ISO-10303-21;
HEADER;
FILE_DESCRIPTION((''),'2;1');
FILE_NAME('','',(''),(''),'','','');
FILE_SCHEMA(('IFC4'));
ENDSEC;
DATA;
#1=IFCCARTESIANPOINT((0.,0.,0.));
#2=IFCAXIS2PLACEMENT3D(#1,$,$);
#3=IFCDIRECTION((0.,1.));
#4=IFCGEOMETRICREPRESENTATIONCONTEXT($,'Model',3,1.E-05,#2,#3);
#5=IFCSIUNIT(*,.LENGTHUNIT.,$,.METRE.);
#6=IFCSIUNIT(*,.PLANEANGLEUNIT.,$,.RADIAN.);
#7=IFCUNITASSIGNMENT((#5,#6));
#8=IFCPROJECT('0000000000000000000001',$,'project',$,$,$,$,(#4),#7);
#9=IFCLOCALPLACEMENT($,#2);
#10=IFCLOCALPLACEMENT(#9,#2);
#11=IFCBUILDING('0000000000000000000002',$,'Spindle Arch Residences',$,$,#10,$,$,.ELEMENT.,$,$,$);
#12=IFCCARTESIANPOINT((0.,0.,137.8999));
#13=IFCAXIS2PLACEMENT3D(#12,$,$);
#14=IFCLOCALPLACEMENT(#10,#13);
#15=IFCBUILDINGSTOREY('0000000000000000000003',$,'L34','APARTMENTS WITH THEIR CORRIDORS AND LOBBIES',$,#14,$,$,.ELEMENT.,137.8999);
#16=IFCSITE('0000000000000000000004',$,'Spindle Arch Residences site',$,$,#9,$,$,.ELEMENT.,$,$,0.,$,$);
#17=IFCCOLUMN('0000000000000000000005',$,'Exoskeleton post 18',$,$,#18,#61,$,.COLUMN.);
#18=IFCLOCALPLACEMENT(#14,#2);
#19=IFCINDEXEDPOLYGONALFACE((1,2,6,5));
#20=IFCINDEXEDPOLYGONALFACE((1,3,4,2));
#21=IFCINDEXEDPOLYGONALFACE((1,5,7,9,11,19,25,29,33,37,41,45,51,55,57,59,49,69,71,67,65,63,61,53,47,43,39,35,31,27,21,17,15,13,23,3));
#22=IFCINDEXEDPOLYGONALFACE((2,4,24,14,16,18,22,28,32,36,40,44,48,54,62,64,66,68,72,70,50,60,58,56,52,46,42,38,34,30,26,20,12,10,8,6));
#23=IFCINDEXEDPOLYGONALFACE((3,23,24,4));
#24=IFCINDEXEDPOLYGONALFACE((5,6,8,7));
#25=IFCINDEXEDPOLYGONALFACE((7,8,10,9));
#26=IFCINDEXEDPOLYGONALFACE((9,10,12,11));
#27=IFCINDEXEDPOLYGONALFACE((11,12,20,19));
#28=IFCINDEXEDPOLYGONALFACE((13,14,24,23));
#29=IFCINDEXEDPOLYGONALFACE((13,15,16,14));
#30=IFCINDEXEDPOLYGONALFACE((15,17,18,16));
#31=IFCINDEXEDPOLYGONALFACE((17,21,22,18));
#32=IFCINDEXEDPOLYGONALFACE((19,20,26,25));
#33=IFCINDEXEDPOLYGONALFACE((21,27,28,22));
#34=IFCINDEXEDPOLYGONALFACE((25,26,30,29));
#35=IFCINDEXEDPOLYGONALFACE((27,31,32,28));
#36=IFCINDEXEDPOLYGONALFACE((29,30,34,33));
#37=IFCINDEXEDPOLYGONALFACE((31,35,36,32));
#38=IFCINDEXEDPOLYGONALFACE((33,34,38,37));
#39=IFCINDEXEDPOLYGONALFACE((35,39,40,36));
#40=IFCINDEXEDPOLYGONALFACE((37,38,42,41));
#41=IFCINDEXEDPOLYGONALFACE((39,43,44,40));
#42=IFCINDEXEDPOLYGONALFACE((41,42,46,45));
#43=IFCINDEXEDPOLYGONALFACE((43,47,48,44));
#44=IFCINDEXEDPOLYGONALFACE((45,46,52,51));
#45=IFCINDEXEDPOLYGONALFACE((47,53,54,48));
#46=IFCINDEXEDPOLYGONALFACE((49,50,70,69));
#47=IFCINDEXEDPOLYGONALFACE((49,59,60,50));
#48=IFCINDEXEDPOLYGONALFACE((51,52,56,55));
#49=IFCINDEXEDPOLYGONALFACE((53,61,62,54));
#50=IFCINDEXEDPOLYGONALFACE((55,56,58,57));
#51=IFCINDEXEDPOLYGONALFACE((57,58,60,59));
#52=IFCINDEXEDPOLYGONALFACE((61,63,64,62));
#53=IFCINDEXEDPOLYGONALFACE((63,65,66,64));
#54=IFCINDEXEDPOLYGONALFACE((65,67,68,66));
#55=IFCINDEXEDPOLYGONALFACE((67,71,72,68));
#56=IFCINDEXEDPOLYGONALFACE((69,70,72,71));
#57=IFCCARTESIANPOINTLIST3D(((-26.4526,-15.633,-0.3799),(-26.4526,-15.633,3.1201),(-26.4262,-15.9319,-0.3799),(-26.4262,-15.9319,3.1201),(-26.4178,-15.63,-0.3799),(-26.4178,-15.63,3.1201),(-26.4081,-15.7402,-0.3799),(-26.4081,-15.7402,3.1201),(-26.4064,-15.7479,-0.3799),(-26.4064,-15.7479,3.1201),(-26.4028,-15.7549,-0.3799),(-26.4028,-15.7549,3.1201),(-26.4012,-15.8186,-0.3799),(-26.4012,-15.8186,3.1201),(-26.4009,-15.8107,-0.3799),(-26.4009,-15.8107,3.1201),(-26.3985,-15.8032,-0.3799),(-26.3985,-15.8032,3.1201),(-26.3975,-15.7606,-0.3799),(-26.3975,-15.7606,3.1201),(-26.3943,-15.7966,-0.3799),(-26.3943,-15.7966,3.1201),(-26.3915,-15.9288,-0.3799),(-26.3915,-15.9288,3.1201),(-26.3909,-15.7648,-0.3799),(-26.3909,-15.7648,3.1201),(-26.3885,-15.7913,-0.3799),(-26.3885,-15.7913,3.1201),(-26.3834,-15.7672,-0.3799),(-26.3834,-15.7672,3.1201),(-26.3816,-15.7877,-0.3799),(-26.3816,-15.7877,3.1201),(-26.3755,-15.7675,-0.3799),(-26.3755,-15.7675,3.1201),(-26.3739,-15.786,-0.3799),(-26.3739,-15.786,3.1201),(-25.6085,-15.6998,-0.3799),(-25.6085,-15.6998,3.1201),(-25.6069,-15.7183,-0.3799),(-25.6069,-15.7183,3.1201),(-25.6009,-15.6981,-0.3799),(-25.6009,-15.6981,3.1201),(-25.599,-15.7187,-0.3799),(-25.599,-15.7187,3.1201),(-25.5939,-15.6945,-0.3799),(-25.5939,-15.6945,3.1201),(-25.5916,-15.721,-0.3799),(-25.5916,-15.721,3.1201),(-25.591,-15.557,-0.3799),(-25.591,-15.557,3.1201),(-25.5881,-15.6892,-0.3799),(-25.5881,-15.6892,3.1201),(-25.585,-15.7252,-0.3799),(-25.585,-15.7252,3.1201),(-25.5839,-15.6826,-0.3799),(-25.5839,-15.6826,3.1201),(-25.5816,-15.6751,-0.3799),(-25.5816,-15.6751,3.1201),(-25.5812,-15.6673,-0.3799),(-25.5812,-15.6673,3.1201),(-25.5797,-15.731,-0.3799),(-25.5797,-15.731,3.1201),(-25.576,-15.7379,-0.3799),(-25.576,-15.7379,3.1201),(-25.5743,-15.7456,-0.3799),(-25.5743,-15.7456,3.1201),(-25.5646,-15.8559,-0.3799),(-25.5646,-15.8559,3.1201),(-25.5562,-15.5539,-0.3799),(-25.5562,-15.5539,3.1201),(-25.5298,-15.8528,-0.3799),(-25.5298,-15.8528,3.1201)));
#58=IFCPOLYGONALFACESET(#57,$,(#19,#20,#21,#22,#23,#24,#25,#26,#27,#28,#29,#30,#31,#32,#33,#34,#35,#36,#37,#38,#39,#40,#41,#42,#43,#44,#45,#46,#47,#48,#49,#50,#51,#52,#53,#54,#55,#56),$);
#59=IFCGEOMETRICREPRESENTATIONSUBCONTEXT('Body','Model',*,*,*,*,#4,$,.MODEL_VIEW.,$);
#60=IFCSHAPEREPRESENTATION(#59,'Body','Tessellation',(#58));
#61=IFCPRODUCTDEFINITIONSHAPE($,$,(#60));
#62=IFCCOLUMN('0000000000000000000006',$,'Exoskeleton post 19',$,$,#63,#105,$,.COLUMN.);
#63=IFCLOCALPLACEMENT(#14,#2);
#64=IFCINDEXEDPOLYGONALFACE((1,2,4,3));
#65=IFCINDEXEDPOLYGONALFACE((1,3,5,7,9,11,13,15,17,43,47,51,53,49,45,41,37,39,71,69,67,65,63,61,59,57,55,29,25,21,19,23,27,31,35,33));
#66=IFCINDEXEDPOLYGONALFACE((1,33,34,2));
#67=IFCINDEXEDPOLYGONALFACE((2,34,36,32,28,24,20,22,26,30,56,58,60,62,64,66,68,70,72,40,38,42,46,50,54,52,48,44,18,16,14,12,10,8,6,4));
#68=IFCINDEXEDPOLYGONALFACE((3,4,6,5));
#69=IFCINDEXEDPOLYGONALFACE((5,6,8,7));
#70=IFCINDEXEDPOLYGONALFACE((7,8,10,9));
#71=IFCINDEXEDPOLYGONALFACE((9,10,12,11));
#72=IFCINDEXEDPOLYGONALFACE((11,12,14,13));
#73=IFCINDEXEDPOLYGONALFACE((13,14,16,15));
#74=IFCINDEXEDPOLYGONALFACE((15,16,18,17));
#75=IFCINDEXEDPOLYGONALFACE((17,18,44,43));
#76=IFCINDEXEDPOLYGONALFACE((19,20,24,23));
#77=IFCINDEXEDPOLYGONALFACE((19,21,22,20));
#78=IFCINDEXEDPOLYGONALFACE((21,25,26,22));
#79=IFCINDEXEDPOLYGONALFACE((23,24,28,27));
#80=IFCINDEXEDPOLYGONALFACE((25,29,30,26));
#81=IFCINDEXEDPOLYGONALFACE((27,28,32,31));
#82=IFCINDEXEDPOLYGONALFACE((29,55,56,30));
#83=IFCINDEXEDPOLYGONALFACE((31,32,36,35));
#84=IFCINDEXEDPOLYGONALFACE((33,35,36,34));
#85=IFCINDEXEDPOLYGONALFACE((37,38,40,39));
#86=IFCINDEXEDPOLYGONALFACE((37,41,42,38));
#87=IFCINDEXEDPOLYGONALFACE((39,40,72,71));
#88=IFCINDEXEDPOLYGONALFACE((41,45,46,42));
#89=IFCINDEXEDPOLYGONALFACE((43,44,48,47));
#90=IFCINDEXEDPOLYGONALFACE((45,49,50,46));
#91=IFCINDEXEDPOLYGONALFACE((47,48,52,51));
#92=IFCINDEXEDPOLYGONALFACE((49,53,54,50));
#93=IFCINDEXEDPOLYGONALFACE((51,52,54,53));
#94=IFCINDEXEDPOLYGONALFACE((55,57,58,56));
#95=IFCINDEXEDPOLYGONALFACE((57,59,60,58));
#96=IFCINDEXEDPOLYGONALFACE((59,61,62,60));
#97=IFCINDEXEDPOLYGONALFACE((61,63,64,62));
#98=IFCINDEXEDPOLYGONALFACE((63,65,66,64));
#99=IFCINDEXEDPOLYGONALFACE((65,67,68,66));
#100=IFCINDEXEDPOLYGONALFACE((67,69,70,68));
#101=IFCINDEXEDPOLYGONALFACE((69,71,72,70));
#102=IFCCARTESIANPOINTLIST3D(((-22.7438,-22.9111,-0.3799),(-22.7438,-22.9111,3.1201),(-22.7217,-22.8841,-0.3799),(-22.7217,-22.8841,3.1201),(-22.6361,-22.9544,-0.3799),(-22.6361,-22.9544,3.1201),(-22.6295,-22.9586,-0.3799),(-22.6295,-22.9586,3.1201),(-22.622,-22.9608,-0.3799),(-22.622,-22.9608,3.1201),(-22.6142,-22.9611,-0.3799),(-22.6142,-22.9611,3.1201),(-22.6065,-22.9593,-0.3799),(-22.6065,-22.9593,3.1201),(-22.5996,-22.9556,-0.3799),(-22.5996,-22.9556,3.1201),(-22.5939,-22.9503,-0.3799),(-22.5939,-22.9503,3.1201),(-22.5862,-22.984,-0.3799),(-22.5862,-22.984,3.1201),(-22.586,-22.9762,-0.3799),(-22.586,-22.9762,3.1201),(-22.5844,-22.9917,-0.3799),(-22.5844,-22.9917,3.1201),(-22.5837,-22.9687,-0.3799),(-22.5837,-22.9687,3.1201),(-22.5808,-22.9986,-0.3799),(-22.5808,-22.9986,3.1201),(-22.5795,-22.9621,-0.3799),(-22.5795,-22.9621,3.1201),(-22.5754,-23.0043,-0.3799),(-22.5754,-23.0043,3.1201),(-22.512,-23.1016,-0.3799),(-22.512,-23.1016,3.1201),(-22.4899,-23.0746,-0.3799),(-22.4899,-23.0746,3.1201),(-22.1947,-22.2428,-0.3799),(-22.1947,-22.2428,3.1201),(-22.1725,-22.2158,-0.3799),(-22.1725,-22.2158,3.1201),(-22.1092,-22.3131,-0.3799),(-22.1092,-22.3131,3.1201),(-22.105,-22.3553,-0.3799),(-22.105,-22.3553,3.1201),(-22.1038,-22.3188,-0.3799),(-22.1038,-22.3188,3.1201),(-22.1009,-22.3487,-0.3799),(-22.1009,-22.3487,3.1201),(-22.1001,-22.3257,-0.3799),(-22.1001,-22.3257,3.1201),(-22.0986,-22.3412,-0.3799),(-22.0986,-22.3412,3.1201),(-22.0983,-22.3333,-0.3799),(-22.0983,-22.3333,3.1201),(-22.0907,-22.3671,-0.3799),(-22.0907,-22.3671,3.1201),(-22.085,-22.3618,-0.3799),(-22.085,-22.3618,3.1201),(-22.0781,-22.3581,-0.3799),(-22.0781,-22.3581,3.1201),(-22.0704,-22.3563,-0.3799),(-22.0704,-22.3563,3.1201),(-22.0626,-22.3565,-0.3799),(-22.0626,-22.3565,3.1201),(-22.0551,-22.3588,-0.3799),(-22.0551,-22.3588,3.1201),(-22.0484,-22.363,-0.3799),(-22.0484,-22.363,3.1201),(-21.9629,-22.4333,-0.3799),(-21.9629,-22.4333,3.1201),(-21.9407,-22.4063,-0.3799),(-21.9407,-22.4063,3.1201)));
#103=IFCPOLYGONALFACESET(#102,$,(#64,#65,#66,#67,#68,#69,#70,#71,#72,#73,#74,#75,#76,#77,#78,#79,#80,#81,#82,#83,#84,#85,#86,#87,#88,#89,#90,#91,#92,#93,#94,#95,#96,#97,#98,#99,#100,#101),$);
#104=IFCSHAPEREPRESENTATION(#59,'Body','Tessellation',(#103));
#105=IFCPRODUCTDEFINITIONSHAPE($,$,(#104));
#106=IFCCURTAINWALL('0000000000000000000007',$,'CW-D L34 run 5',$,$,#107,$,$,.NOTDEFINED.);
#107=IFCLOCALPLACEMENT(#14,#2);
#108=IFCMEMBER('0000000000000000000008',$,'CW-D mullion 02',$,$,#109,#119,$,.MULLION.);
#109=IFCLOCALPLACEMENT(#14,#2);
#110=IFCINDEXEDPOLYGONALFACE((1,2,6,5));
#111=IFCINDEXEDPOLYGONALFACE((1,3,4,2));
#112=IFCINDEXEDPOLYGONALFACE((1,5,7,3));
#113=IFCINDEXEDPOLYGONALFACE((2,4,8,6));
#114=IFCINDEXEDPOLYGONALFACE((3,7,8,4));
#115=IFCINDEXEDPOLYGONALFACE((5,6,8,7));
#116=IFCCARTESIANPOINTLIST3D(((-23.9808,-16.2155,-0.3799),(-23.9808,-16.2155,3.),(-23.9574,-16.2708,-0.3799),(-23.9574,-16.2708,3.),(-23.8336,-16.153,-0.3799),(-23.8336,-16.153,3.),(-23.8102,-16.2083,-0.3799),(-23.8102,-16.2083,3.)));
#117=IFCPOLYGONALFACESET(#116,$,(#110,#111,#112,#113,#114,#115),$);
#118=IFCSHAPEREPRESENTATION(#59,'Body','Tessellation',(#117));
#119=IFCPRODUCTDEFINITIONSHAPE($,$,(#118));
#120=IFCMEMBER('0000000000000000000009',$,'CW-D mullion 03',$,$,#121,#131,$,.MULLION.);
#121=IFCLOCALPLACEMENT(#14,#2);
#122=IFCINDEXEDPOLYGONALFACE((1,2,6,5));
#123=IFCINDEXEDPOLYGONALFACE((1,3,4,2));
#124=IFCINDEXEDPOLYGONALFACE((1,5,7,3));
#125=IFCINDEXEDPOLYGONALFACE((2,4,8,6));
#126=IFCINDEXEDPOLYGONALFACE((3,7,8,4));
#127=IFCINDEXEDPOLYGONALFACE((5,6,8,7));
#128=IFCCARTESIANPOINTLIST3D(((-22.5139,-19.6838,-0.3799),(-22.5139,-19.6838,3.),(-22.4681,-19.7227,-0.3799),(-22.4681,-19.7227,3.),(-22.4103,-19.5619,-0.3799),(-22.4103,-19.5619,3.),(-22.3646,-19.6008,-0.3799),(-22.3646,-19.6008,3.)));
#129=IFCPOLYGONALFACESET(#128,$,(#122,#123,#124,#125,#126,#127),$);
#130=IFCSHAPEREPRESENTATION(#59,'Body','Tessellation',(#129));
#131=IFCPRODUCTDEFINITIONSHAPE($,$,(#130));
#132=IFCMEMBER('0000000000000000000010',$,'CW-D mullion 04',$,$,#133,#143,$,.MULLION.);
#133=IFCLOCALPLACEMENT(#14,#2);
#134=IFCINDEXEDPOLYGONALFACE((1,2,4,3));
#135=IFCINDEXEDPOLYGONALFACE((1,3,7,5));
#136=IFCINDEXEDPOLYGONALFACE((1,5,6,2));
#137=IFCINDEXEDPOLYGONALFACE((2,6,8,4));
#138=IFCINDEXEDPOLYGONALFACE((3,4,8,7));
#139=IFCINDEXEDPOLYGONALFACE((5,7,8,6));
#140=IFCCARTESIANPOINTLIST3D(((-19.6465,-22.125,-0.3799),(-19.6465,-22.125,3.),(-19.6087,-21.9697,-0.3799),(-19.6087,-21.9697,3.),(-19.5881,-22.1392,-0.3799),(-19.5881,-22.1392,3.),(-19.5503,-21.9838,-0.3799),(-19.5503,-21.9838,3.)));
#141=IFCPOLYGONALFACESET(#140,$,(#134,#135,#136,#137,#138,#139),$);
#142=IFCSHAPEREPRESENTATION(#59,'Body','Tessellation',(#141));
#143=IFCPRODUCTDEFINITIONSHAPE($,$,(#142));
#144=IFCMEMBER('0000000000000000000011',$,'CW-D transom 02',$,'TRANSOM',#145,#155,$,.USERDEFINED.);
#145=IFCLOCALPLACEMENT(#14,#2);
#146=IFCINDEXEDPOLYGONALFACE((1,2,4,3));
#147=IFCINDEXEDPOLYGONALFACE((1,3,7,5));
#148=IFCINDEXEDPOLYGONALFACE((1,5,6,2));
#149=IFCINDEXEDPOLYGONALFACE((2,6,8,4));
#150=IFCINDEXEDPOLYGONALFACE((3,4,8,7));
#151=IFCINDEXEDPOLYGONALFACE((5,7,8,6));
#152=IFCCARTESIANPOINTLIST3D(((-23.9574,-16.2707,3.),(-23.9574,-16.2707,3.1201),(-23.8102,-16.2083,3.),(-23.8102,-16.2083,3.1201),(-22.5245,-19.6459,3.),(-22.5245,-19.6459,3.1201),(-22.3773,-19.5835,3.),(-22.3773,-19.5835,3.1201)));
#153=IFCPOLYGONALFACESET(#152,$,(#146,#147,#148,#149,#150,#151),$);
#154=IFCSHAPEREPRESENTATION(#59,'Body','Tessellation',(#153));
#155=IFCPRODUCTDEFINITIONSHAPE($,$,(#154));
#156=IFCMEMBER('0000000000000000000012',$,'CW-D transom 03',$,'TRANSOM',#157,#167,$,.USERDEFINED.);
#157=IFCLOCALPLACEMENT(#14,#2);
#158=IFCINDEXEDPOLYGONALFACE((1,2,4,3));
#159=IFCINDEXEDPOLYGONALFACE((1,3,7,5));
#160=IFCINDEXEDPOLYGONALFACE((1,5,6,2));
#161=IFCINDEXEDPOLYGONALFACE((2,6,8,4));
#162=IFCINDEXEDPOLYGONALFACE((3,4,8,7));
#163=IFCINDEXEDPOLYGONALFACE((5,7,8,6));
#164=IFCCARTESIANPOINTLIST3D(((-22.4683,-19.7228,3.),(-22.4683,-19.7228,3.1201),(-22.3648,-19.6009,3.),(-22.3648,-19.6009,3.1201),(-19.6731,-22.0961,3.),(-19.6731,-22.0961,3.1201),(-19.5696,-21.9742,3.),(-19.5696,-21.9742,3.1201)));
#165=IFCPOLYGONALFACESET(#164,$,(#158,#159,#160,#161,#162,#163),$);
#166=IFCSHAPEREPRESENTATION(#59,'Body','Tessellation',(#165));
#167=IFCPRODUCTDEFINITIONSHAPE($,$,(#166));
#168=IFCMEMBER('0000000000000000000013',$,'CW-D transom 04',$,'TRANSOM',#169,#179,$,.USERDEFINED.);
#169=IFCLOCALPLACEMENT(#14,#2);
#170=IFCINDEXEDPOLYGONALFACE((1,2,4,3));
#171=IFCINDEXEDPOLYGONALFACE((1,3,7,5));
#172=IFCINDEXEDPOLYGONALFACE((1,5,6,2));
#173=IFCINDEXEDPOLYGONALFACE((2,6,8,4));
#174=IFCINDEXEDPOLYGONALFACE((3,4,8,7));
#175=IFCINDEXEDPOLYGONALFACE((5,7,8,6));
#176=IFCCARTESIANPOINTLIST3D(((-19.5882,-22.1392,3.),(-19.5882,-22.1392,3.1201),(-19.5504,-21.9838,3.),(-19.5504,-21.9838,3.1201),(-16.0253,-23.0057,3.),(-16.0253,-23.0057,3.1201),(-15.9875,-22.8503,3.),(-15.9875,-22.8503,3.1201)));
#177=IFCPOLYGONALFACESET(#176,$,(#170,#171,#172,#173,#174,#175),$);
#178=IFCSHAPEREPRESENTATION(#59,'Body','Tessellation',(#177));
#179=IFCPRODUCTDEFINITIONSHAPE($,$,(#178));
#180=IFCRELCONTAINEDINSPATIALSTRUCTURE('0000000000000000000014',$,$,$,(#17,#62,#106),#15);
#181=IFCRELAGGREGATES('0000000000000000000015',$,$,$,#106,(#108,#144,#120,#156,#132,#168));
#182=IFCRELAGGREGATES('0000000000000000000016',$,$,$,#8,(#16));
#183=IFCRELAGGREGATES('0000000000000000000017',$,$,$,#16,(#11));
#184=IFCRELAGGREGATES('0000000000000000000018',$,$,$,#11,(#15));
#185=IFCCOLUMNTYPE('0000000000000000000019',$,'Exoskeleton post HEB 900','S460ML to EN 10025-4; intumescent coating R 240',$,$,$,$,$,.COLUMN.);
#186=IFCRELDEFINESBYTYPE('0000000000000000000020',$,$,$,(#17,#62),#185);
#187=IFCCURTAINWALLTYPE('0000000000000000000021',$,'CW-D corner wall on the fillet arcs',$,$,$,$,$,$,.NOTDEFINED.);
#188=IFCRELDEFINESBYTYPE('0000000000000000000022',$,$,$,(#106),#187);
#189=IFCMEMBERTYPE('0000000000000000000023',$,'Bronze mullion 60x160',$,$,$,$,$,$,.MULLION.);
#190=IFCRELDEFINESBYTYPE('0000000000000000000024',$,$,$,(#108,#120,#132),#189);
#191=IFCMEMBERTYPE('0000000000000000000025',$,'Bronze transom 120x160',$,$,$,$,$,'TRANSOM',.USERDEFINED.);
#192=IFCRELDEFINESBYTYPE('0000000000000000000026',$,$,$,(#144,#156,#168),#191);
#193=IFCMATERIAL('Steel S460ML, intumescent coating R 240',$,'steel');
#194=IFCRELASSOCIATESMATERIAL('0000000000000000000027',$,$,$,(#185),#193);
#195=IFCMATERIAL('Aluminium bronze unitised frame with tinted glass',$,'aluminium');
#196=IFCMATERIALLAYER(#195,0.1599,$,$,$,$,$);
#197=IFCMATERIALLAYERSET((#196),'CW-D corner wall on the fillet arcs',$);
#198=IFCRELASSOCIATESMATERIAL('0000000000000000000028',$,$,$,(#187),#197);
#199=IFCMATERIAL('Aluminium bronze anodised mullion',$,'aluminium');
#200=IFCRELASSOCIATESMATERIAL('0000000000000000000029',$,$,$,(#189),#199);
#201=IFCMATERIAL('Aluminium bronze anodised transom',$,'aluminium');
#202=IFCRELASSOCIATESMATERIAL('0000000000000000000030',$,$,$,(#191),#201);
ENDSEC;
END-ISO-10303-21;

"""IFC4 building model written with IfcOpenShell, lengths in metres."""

from ifc_helpers import new_model, si_unit, direction, frame, origin, origin_2d, place, context, subcontext, project, spatial, rectangle, i_section, extrude, material, layer, layer_set, material_profile, profile_set, type_object, element, aggregate, save


model = new_model("IFC4")

# Units and contexts
model_context = context("Model", 3, precision=1e-05, world=origin(), true_north=direction((0.0, 1.0)))
body_context = subcontext(model_context, "Body", "Model", "MODEL_VIEW")
ifc_project = project(units=[si_unit("LENGTHUNIT", "METRE"), si_unit("PLANEANGLEUNIT", "RADIAN")], contexts=[model_context])

# Site, building, storey
site_placement = place(None, origin())
site = spatial("IfcSite", under=ifc_project, at=site_placement, Name="Spindle Arch Residences site", CompositionType="ELEMENT", RefElevation=0.0)
building_placement = place(site_placement, origin())
building = spatial("IfcBuilding", under=site, at=building_placement, Name="Spindle Arch Residences", CompositionType="ELEMENT")
storey_placement = place(building_placement, frame((0.0, 0.0, 137.8999)))
storey = spatial("IfcBuildingStorey", under=building, at=storey_placement, Name="L34", Description="APARTMENTS WITH THEIR CORRIDORS AND LOBBIES", CompositionType="ELEMENT", Elevation=137.8999)

# Columns
ifc_material_1 = material(Name="Steel S460ML, intumescent coating R 240", Category="steel")
ifc_material_profile_1 = material_profile(ifc_material_1, i_section(OverallWidth=0.3, OverallDepth=0.8999, WebThickness=0.0186, FlangeThickness=0.0349, FilletRadius=0.03, at=origin_2d()), Name="HEB 900")
ifc_profile_set_1 = profile_set([ifc_material_profile_1], Name="Steel S460ML, intumescent coating R 240")
column_type = type_object("IfcColumnType", Name="Exoskeleton post HEB 900", Description="S460ML to EN 10025-4; intumescent coating R 240", PredefinedType="COLUMN", material=ifc_profile_set_1)
for number, where, z_axis, x_axis, name in (
    (1, (-25.9912, -15.7429, -0.3799), (0.0, 0.0, 1.0), (-0.087905, 0.996129, 0.0), "Exoskeleton post 18"),
    (2, (-22.3423, -22.6587, -0.3799), (0.0, 0.0, 1.0), (-0.772638, 0.634847, 0.0), "Exoskeleton post 19"),
):
    element("IfcColumn", number, at=place(storey_placement, frame(where, z_axis=z_axis, x_axis=x_axis)), inside=storey, type_object=column_type, Name=name, PredefinedType="COLUMN", context=body_context, shape_type="SweptSolid", body=[
        extrude(i_section(OverallWidth=0.3, OverallDepth=0.8999, WebThickness=0.0186, FlangeThickness=0.0349, FilletRadius=0.03, at=origin_2d()), origin(), (0.0, 0.0, 1.0), 3.5),
    ])

# Curtain wall, members
ifc_material_2 = material(Name="Aluminium bronze unitised frame with tinted glass", Category="aluminium")
ifc_layer_1 = layer(ifc_material_2, 0.1599)
ifc_layer_set_1 = layer_set([ifc_layer_1], Name="CW-D corner wall on the fillet arcs")
curtain_wall_type = type_object("IfcCurtainWallType", Name="CW-D corner wall on the fillet arcs", PredefinedType="NOTDEFINED", material=ifc_layer_set_1)
curtain_wall_placement = place(storey_placement, origin())
curtain_wall = element("IfcCurtainWall", 3, at=curtain_wall_placement, inside=storey, type_object=curtain_wall_type, Name="CW-D L34 run 5", PredefinedType="NOTDEFINED")
ifc_material_3 = material(Name="Aluminium bronze anodised mullion", Category="aluminium")
ifc_material_profile_2 = material_profile(ifc_material_3, rectangle(XDim=0.1599, YDim=0.0601, at=origin_2d()), Name="MU 60x160")
ifc_profile_set_2 = profile_set([ifc_material_profile_2], Name="Aluminium bronze anodised mullion")
member_type_1 = type_object("IfcMemberType", Name="Bronze mullion 60x160", PredefinedType="MULLION", material=ifc_profile_set_2)
member_1_placement = place(storey_placement, frame((-23.8955, -16.2119, -0.3799), z_axis=(0.0, 0.0, 1.0), x_axis=(0.920505, 0.390731, 0.0)))
member_1 = element("IfcMember", 4, at=member_1_placement, type_object=member_type_1, Name="CW-D mullion 02", PredefinedType="MULLION", context=body_context, shape_type="SweptSolid", body=[
    extrude(rectangle(XDim=0.1599, YDim=0.0601, at=origin_2d()), origin(), (0.0, 0.0, 1.0), 3.3799),
])
member_2_placement = place(storey_placement, frame((-22.4392, -19.6423, -0.3799), z_axis=(0.0, 0.0, 1.0), x_axis=(0.647233, 0.762292, 0.0)))
member_2 = element("IfcMember", 5, at=member_2_placement, type_object=member_type_1, Name="CW-D mullion 03", PredefinedType="MULLION", context=body_context, shape_type="SweptSolid", body=[
    extrude(rectangle(XDim=0.1599, YDim=0.0601, at=origin_2d()), origin(), (0.0, 0.0, 1.0), 3.3799),
])
member_3_placement = place(storey_placement, frame((-19.5984, -22.0544, -0.3799), z_axis=(0.0, 0.0, 1.0), x_axis=(0.236273, 0.971687, 0.0)))
member_3 = element("IfcMember", 6, at=member_3_placement, type_object=member_type_1, Name="CW-D mullion 04", PredefinedType="MULLION", context=body_context, shape_type="SweptSolid", body=[
    extrude(rectangle(XDim=0.1599, YDim=0.0601, at=origin_2d()), origin(), (0.0, 0.0, 1.0), 3.3799),
])
ifc_material_4 = material(Name="Aluminium bronze anodised transom", Category="aluminium")
ifc_material_profile_3 = material_profile(ifc_material_4, rectangle(XDim=0.1599, YDim=0.1201, at=origin_2d()), Name="TR 120x160")
ifc_profile_set_3 = profile_set([ifc_material_profile_3], Name="Aluminium bronze anodised transom")
member_type_2 = type_object("IfcMemberType", Name="Bronze transom 120x160", ElementType="TRANSOM", PredefinedType="USERDEFINED", material=ifc_profile_set_3)
member_4_placement = place(storey_placement, frame((-23.8838, -16.2395, 3.0601), z_axis=(0.390767, -0.92049, 0.0), x_axis=(0.92049, 0.390767, 0.0)))
member_4 = element("IfcMember", 7, at=member_4_placement, type_object=member_type_2, Name="CW-D transom 02", ObjectType="TRANSOM", PredefinedType="USERDEFINED", context=body_context, shape_type="SweptSolid", body=[
    extrude(rectangle(XDim=0.1599, YDim=0.1201, at=origin_2d()), origin(), (0.0, 0.0, 1.0), 3.6667),
])
member_5_placement = place(storey_placement, frame((-22.4165, -19.6619, 3.0601), z_axis=(0.762289, -0.647237, 0.0), x_axis=(0.647237, 0.762289, 0.0)))
member_5 = element("IfcMember", 8, at=member_5_placement, type_object=member_type_2, Name="CW-D transom 03", ObjectType="TRANSOM", PredefinedType="USERDEFINED", context=body_context, shape_type="SweptSolid", body=[
    extrude(rectangle(XDim=0.1599, YDim=0.1201, at=origin_2d()), origin(), (0.0, 0.0, 1.0), 3.6667),
])
member_6_placement = place(storey_placement, frame((-19.5693, -22.0615, 3.0601), z_axis=(0.971681, -0.236296, 0.0), x_axis=(0.236296, 0.971681, 0.0)))
member_6 = element("IfcMember", 9, at=member_6_placement, type_object=member_type_2, Name="CW-D transom 04", ObjectType="TRANSOM", PredefinedType="USERDEFINED", context=body_context, shape_type="SweptSolid", body=[
    extrude(rectangle(XDim=0.1599, YDim=0.1201, at=origin_2d()), origin(), (0.0, 0.0, 1.0), 3.6667),
])

aggregate(curtain_wall, [member_1, member_4, member_2, member_5, member_3, member_6])

save(model, "model.ifc")
